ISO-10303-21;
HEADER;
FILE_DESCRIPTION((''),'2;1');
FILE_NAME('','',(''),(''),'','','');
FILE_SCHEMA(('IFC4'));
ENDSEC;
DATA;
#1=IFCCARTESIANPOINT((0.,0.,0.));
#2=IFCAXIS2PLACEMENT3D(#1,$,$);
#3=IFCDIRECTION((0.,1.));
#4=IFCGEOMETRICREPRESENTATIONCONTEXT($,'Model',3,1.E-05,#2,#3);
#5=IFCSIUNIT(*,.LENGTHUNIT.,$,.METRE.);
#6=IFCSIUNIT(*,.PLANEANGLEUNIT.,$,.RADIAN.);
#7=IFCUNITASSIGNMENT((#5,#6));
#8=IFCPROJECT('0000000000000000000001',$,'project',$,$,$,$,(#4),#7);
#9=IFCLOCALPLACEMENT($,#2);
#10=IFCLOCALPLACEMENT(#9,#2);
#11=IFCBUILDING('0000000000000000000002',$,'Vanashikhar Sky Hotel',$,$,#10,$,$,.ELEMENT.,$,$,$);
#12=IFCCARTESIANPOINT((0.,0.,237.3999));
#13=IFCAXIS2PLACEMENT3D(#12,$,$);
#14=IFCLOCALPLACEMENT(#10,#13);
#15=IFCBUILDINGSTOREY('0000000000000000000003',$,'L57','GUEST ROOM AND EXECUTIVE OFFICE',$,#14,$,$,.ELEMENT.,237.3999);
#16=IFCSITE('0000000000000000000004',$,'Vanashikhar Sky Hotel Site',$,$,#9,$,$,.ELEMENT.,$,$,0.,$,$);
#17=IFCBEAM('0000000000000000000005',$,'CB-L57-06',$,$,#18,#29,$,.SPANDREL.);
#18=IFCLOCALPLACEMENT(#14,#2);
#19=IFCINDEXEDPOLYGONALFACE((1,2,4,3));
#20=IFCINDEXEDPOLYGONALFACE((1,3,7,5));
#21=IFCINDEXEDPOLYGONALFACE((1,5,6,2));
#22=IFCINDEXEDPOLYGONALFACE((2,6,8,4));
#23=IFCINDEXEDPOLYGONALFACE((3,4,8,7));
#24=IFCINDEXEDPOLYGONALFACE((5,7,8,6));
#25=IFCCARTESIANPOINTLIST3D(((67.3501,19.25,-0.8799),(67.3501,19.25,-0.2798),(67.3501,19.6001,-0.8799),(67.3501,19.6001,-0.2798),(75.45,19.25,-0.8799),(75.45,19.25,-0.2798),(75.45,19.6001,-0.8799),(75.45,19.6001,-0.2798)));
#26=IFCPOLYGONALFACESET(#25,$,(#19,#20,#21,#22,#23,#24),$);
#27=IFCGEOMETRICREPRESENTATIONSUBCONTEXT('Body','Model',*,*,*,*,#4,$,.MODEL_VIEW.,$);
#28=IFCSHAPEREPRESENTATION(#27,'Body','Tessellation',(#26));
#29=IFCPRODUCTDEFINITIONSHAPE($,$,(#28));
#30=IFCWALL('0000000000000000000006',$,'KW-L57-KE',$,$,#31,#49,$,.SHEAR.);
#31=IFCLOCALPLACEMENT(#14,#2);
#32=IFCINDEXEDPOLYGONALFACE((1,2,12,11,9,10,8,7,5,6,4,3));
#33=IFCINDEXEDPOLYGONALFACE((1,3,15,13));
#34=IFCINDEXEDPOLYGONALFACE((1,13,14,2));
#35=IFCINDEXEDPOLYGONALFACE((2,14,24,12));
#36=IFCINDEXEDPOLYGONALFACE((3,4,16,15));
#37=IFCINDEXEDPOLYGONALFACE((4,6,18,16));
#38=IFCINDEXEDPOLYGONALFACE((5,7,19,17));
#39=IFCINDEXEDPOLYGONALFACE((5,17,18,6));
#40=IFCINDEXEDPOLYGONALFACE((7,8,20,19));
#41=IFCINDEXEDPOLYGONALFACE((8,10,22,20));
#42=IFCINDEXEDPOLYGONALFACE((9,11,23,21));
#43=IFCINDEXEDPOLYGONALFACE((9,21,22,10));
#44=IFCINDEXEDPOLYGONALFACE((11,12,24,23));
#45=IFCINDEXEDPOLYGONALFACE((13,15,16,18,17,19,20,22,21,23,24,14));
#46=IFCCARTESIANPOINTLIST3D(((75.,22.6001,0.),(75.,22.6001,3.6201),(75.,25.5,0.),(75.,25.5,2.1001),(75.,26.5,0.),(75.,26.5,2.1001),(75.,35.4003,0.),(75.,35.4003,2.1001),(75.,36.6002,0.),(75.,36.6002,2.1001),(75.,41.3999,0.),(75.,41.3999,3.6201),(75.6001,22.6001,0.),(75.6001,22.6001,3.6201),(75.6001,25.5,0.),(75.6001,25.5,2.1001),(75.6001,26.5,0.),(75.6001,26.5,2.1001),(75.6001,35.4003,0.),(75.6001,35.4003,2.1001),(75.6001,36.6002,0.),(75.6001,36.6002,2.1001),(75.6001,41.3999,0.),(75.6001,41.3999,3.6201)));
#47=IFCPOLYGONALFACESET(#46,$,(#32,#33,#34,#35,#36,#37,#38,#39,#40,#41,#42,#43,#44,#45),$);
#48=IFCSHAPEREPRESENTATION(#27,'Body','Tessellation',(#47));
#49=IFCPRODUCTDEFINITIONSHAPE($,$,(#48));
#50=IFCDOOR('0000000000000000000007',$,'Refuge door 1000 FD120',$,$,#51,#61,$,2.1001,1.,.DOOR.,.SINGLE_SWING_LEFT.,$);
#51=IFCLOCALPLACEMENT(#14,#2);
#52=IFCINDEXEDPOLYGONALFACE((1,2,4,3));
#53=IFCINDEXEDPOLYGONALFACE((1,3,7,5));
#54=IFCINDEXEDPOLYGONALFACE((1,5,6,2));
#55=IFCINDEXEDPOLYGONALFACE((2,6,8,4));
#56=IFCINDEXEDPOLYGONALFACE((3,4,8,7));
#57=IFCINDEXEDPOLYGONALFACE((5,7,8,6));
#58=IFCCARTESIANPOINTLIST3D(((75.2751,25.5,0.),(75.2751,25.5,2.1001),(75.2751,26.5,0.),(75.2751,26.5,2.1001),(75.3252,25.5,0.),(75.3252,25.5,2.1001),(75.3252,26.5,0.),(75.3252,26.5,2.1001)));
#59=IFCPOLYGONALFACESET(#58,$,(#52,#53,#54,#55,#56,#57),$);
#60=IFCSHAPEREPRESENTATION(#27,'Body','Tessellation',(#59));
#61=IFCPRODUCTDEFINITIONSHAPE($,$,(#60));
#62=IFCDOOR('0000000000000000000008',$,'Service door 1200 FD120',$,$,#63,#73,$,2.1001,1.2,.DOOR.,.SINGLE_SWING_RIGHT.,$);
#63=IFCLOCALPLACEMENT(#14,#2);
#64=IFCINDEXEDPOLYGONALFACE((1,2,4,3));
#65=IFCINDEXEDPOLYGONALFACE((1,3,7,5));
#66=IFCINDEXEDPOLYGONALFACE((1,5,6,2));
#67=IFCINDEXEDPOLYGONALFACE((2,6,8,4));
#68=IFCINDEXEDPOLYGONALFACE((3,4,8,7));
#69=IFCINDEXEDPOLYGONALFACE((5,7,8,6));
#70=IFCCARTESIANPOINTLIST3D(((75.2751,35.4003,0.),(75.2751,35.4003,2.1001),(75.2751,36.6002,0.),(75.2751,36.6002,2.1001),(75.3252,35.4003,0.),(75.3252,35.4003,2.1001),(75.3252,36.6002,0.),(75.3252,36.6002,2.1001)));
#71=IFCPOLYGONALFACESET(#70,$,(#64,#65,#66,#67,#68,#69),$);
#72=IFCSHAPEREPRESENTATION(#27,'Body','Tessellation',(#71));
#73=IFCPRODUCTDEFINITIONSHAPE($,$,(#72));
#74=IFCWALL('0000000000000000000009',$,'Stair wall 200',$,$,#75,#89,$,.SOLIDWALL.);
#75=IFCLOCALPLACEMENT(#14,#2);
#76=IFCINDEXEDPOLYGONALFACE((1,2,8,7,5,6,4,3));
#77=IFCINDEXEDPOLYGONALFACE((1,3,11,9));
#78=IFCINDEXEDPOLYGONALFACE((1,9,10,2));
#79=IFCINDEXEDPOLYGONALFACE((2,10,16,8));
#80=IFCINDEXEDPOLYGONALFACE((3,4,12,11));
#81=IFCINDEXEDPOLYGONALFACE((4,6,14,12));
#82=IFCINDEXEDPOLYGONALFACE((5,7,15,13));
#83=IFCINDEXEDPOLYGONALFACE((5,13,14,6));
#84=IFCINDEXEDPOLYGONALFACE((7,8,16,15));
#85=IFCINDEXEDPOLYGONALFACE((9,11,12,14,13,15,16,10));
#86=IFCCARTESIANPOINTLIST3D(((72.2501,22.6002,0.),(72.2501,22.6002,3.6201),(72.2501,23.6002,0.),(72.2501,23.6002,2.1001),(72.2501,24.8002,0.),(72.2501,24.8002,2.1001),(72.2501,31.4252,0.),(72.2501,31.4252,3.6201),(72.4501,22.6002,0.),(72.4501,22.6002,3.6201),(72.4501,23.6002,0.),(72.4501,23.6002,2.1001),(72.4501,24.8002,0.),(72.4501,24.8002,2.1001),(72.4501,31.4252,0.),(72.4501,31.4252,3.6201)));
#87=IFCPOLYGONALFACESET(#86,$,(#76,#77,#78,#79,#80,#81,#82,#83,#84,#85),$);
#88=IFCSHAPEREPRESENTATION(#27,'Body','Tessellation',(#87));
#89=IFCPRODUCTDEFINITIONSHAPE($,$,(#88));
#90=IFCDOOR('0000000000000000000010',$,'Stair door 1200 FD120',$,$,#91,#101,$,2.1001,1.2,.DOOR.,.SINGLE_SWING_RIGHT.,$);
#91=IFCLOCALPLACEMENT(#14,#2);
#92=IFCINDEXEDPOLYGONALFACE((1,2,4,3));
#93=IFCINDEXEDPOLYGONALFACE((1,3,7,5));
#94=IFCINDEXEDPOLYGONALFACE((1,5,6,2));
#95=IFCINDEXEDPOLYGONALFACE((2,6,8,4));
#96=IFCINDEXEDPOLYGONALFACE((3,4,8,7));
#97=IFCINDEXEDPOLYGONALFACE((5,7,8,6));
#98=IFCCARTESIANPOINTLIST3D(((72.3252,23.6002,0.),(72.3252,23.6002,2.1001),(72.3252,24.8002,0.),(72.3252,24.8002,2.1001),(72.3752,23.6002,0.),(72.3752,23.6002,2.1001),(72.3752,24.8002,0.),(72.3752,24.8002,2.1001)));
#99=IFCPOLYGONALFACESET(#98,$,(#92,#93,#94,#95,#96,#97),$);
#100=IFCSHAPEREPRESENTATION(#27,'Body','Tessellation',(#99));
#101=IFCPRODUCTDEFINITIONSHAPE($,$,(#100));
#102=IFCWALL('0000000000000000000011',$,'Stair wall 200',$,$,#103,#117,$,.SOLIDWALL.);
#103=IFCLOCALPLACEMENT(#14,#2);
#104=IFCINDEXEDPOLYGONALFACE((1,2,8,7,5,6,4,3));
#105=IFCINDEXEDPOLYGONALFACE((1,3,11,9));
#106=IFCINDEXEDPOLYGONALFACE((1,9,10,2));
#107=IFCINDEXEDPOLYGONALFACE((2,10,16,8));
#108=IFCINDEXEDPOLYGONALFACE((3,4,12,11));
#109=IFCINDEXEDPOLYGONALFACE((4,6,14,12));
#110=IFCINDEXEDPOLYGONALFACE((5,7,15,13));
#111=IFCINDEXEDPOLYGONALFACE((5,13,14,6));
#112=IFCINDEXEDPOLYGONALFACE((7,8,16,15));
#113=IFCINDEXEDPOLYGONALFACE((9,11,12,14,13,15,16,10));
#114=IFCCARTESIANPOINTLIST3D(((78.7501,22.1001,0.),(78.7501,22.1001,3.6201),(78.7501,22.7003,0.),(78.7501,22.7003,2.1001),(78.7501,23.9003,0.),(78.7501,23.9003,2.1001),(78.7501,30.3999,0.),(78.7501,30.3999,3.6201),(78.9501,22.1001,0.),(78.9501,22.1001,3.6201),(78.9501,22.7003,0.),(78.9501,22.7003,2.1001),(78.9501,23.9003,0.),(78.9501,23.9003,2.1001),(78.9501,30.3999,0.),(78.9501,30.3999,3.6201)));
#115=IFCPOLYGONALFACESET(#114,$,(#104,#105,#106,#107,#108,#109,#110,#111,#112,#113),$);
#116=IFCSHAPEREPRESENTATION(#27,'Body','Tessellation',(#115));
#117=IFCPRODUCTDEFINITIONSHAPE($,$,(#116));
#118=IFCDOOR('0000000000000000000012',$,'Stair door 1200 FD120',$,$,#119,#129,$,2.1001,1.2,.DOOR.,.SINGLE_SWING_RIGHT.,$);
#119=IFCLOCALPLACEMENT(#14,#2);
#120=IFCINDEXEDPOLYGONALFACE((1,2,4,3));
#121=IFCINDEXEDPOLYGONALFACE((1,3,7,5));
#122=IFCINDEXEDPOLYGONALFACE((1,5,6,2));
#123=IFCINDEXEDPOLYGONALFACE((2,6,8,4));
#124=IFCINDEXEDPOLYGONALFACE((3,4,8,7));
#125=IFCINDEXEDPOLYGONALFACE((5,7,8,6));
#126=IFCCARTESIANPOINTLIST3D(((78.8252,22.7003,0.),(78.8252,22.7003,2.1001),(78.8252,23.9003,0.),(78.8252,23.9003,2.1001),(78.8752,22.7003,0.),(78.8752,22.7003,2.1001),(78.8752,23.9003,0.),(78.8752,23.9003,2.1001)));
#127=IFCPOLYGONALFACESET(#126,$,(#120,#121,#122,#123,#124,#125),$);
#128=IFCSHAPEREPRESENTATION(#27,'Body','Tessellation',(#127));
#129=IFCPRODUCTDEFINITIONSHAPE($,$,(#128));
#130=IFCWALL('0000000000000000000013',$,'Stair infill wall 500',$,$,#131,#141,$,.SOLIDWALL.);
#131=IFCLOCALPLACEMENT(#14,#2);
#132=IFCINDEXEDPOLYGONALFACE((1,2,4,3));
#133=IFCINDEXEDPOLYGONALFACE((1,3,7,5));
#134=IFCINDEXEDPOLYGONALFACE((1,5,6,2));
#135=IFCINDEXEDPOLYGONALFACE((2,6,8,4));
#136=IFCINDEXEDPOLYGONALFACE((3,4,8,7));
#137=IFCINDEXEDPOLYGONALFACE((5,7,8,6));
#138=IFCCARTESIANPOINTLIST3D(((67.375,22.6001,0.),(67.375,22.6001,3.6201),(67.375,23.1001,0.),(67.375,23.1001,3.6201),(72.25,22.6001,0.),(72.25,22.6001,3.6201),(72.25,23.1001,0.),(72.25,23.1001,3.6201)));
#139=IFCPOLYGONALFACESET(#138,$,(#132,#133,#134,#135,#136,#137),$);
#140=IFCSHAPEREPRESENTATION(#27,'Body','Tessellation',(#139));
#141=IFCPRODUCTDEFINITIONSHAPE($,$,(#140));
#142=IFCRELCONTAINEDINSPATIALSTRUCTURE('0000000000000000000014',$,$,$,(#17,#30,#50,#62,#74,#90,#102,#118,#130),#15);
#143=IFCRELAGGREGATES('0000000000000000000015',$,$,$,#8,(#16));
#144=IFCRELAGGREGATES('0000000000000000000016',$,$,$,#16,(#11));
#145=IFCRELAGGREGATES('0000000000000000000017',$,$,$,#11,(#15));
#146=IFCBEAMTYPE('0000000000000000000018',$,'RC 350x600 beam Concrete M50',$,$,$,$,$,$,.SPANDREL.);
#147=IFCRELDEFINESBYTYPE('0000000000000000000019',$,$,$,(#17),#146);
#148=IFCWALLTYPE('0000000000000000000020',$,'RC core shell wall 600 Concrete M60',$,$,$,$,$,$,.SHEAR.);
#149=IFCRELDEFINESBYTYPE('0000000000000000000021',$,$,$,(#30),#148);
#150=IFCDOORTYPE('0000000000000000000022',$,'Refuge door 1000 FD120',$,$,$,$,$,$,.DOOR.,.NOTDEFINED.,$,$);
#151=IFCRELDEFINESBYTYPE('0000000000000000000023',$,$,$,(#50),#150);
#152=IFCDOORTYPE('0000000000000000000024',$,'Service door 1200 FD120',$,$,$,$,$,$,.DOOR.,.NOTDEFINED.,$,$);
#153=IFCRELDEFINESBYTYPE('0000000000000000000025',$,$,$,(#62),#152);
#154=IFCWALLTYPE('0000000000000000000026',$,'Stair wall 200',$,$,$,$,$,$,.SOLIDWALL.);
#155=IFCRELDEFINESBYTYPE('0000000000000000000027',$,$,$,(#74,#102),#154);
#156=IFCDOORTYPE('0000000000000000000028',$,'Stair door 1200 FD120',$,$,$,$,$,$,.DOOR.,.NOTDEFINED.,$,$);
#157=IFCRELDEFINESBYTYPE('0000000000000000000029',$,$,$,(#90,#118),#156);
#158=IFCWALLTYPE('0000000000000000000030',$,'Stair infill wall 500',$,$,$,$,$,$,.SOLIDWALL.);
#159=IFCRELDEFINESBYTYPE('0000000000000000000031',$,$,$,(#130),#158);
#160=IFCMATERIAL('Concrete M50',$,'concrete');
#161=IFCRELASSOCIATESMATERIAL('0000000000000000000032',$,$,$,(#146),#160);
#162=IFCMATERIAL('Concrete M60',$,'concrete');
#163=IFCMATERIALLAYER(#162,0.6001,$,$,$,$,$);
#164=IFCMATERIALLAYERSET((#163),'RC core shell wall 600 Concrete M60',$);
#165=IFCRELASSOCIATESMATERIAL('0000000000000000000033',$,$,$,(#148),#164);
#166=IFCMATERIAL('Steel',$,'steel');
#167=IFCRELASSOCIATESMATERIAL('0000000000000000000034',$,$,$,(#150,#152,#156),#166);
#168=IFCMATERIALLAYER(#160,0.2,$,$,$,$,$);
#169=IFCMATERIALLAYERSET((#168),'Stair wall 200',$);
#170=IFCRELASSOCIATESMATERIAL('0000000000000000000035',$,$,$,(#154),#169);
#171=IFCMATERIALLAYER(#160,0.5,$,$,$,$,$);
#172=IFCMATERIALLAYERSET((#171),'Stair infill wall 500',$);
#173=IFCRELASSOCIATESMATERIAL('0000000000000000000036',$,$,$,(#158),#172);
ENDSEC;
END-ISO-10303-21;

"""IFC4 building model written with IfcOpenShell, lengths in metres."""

from ifc_helpers import new_model, si_unit, direction, frame, frame_2d, origin, origin_2d, place, context, subcontext, project, spatial, rectangle, extrude, source, transform, mapped, material, layer, layer_set, material_profile, profile_set, type_object, element, fill, save


model = new_model("IFC4")

# Units and contexts
model_context = context("Model", 3, precision=1e-05, world=origin(), true_north=direction((0.0, 1.0)))
body_context = subcontext(model_context, "Body", "Model", "MODEL_VIEW")
ifc_project = project(units=[si_unit("LENGTHUNIT", "METRE"), si_unit("PLANEANGLEUNIT", "RADIAN")], contexts=[model_context])

# Site, building, storey
site_placement = place(None, origin())
site = spatial("IfcSite", under=ifc_project, at=site_placement, Name="Vanashikhar Sky Hotel Site", CompositionType="ELEMENT", RefElevation=0.0)
building_placement = place(site_placement, origin())
building = spatial("IfcBuilding", under=site, at=building_placement, Name="Vanashikhar Sky Hotel", CompositionType="ELEMENT")
storey_placement = place(building_placement, frame((0.0, 0.0, 237.3999)))
storey = spatial("IfcBuildingStorey", under=building, at=storey_placement, Name="L57", Description="GUEST ROOM AND EXECUTIVE OFFICE", CompositionType="ELEMENT", Elevation=237.3999)

# Beam
ifc_material_1 = material(Name="Concrete M50", Category="concrete")
ifc_material_profile = material_profile(ifc_material_1, rectangle(XDim=0.3501, YDim=0.6001, at=origin_2d()))
ifc_profile_set = profile_set([ifc_material_profile], Name="RC 350x600 beam Concrete M50")
beam_type = type_object("IfcBeamType", Name="RC 350x600 beam Concrete M50", PredefinedType="SPANDREL", material=ifc_profile_set)
shared_shape_1 = source(origin(), body_context, "Body", "SweptSolid", [
    extrude(rectangle(XDim=0.3501, YDim=0.6001, at=origin_2d()), origin(), (0.0, 0.0, 1.0), 8.0999),
])
beam_placement = place(storey_placement, frame((67.3501, 19.425, -0.5798), z_axis=(1.0, 0.0, 0.0), x_axis=(0.0, 1.0, 0.0)))
element("IfcBeam", 1, at=beam_placement, inside=storey, type_object=beam_type, Name="CB-L57-06", PredefinedType="SPANDREL", context=body_context, shape_type="MappedRepresentation", body=[
    mapped(shared_shape_1, transform((0.0, 0.0, 0.0), scale=1.0)),
])

# Wall, openings, doors
ifc_material_2 = material(Name="Concrete M60", Category="concrete")
ifc_layer_1 = layer(ifc_material_2, 0.6001)
ifc_layer_set_1 = layer_set([ifc_layer_1], Name="RC core shell wall 600 Concrete M60")
wall_type_1 = type_object("IfcWallType", Name="RC core shell wall 600 Concrete M60", PredefinedType="SHEAR", material=ifc_layer_set_1)
shared_shape_2 = source(origin(), body_context, "Body", "SweptSolid", [
    extrude(rectangle(XDim=18.7998, YDim=0.6001, at=frame_2d((9.3999, 0.0))), origin(), (0.0, 0.0, 1.0), 3.6201),
])
wall_1_placement = place(storey_placement, frame((75.3, 22.6001, 0.0), z_axis=(0.0, 0.0, 1.0), x_axis=(0.0, 1.0, 0.0)))
wall_1 = element("IfcWall", 2, at=wall_1_placement, inside=storey, type_object=wall_type_1, Name="KW-L57-KE", PredefinedType="SHEAR", context=body_context, shape_type="MappedRepresentation", body=[
    mapped(shared_shape_2, transform((0.0, 0.0, 0.0), scale=1.0)),
])
shared_shape_3 = source(origin(), body_context, "Body", "SweptSolid", [
    extrude(rectangle(XDim=1.0, YDim=2.1001, at=frame_2d((0.5, 1.05))), frame((0.0, 0.3101, 0.0), z_axis=(0.0, -1.0, 0.0), x_axis=(1.0, 0.0, 0.0)), (0.0, 0.0, 1.0), 0.6201),
])
opening_1_placement = place(wall_1_placement, frame((2.8999, 0.0, 0.0)))
opening_1 = element("IfcOpeningElement", 3, at=opening_1_placement, cuts=wall_1, PredefinedType="OPENING", context=body_context, shape_type="MappedRepresentation", body=[
    mapped(shared_shape_3, transform((0.0, 0.0, 0.0), scale=1.0)),
])
shared_shape_4 = source(origin(), body_context, "Body", "SweptSolid", [
    extrude(rectangle(XDim=1.2, YDim=2.1001, at=frame_2d((0.6001, 1.05))), frame((0.0, 0.3101, 0.0), z_axis=(0.0, -1.0, 0.0), x_axis=(1.0, 0.0, 0.0)), (0.0, 0.0, 1.0), 0.6201),
])
opening_2_placement = place(wall_1_placement, frame((12.8, 0.0, 0.0)))
opening_2 = element("IfcOpeningElement", 4, at=opening_2_placement, cuts=wall_1, PredefinedType="OPENING", context=body_context, shape_type="MappedRepresentation", body=[
    mapped(shared_shape_4, transform((0.0, 0.0, 0.0), scale=1.0)),
])
ifc_material_3 = material(Name="Steel", Category="steel")
door_type_1 = type_object("IfcDoorType", Name="Refuge door 1000 FD120", OperationType="NOTDEFINED", PredefinedType="DOOR", material=ifc_material_3)
shared_shape_5 = source(origin(), body_context, "Body", "SweptSolid", [
    extrude(rectangle(XDim=1.0, YDim=2.1001, at=frame_2d((0.5, 1.05))), frame((0.0, 0.0249, 0.0), z_axis=(0.0, -1.0, 0.0), x_axis=(1.0, 0.0, 0.0)), (0.0, 0.0, 1.0), 0.05),
])
door_1_placement = place(opening_1_placement, origin())
door_1 = element("IfcDoor", 5, at=door_1_placement, inside=storey, type_object=door_type_1, Name="Refuge door 1000 FD120", OperationType="SINGLE_SWING_LEFT", OverallHeight=2.1001, OverallWidth=1.0, PredefinedType="DOOR", context=body_context, shape_type="MappedRepresentation", body=[
    mapped(shared_shape_5, transform((0.0, 0.0, 0.0), scale=1.0)),
])
fill(opening_1, door_1)
door_type_2 = type_object("IfcDoorType", Name="Service door 1200 FD120", OperationType="NOTDEFINED", PredefinedType="DOOR", material=ifc_material_3)
shared_shape_6 = source(origin(), body_context, "Body", "SweptSolid", [
    extrude(rectangle(XDim=1.2, YDim=2.1001, at=frame_2d((0.6001, 1.05))), frame((0.0, 0.0249, 0.0), z_axis=(0.0, -1.0, 0.0), x_axis=(1.0, 0.0, 0.0)), (0.0, 0.0, 1.0), 0.05),
])
door_2_placement = place(opening_2_placement, origin())
door_2 = element("IfcDoor", 6, at=door_2_placement, inside=storey, type_object=door_type_2, Name="Service door 1200 FD120", OperationType="SINGLE_SWING_RIGHT", OverallHeight=2.1001, OverallWidth=1.2, PredefinedType="DOOR", context=body_context, shape_type="MappedRepresentation", body=[
    mapped(shared_shape_6, transform((0.0, 0.0, 0.0), scale=1.0)),
])
fill(opening_2, door_2)

# Walls, openings, doors
ifc_layer_2 = layer(ifc_material_1, 0.2)
ifc_layer_set_2 = layer_set([ifc_layer_2], Name="Stair wall 200")
wall_type_2 = type_object("IfcWallType", Name="Stair wall 200", PredefinedType="SOLIDWALL", material=ifc_layer_set_2)
shared_shape_7 = source(origin(), body_context, "Body", "SweptSolid", [
    extrude(rectangle(XDim=8.825, YDim=0.2, at=frame_2d((4.4126, 0.0))), origin(), (0.0, 0.0, 1.0), 3.6201),
])
wall_2_placement = place(storey_placement, frame((72.3501, 22.6001, 0.0), z_axis=(0.0, 0.0, 1.0), x_axis=(0.0, 1.0, 0.0)))
wall_2 = element("IfcWall", 7, at=wall_2_placement, inside=storey, type_object=wall_type_2, Name="Stair wall 200", PredefinedType="SOLIDWALL", context=body_context, shape_type="MappedRepresentation", body=[
    mapped(shared_shape_7, transform((0.0, 0.0, 0.0), scale=1.0)),
])
shared_shape_8 = source(origin(), body_context, "Body", "SweptSolid", [
    extrude(rectangle(XDim=1.2, YDim=2.1001, at=frame_2d((0.6001, 1.05))), frame((0.0, 0.1099, 0.0), z_axis=(0.0, -1.0, 0.0), x_axis=(1.0, 0.0, 0.0)), (0.0, 0.0, 1.0), 0.22),
])
opening_3_placement = place(wall_2_placement, frame((1.0, 0.0, 0.0)))
opening_3 = element("IfcOpeningElement", 8, at=opening_3_placement, cuts=wall_2, PredefinedType="OPENING", context=body_context, shape_type="MappedRepresentation", body=[
    mapped(shared_shape_8, transform((0.0, 0.0, 0.0), scale=1.0)),
])
door_type_3 = type_object("IfcDoorType", Name="Stair door 1200 FD120", OperationType="NOTDEFINED", PredefinedType="DOOR", material=ifc_material_3)
door_3_placement = place(opening_3_placement, origin())
door_3 = element("IfcDoor", 9, at=door_3_placement, inside=storey, type_object=door_type_3, Name="Stair door 1200 FD120", OperationType="SINGLE_SWING_RIGHT", OverallHeight=2.1001, OverallWidth=1.2, PredefinedType="DOOR", context=body_context, shape_type="MappedRepresentation", body=[
    mapped(shared_shape_6, transform((0.0, 0.0, 0.0), scale=1.0)),
])
fill(opening_3, door_3)
shared_shape_9 = source(origin(), body_context, "Body", "SweptSolid", [
    extrude(rectangle(XDim=8.2998, YDim=0.2, at=frame_2d((4.1499, 0.0))), origin(), (0.0, 0.0, 1.0), 3.6201),
])
wall_3_placement = place(storey_placement, frame((78.8501, 22.1001, 0.0), z_axis=(0.0, 0.0, 1.0), x_axis=(0.0, 1.0, 0.0)))
wall_3 = element("IfcWall", 10, at=wall_3_placement, inside=storey, type_object=wall_type_2, Name="Stair wall 200", PredefinedType="SOLIDWALL", context=body_context, shape_type="MappedRepresentation", body=[
    mapped(shared_shape_9, transform((0.0, 0.0, 0.0), scale=1.0)),
])
opening_4_placement = place(wall_3_placement, frame((0.6001, 0.0, 0.0)))
opening_4 = element("IfcOpeningElement", 11, at=opening_4_placement, cuts=wall_3, PredefinedType="OPENING", context=body_context, shape_type="MappedRepresentation", body=[
    mapped(shared_shape_8, transform((0.0, 0.0, 0.0), scale=1.0)),
])
door_4_placement = place(opening_4_placement, origin())
door_4 = element("IfcDoor", 12, at=door_4_placement, inside=storey, type_object=door_type_3, Name="Stair door 1200 FD120", OperationType="SINGLE_SWING_RIGHT", OverallHeight=2.1001, OverallWidth=1.2, PredefinedType="DOOR", context=body_context, shape_type="MappedRepresentation", body=[
    mapped(shared_shape_6, transform((0.0, 0.0, 0.0), scale=1.0)),
])
fill(opening_4, door_4)

# Wall
ifc_layer_3 = layer(ifc_material_1, 0.5)
ifc_layer_set_3 = layer_set([ifc_layer_3], Name="Stair infill wall 500")
wall_type_3 = type_object("IfcWallType", Name="Stair infill wall 500", PredefinedType="SOLIDWALL", material=ifc_layer_set_3)
shared_shape_10 = source(origin(), body_context, "Body", "SweptSolid", [
    extrude(rectangle(XDim=4.875, YDim=0.5, at=frame_2d((2.4375, 0.0))), origin(), (0.0, 0.0, 1.0), 3.6201),
])
wall_4_placement = place(storey_placement, frame((67.375, 22.8501, 0.0), z_axis=(0.0, 0.0, 1.0), x_axis=(1.0, 0.0, 0.0)))
element("IfcWall", 13, at=wall_4_placement, inside=storey, type_object=wall_type_3, Name="Stair infill wall 500", PredefinedType="SOLIDWALL", context=body_context, shape_type="MappedRepresentation", body=[
    mapped(shared_shape_10, transform((0.0, 0.0, 0.0), scale=1.0)),
])

save(model, "model.ifc")
